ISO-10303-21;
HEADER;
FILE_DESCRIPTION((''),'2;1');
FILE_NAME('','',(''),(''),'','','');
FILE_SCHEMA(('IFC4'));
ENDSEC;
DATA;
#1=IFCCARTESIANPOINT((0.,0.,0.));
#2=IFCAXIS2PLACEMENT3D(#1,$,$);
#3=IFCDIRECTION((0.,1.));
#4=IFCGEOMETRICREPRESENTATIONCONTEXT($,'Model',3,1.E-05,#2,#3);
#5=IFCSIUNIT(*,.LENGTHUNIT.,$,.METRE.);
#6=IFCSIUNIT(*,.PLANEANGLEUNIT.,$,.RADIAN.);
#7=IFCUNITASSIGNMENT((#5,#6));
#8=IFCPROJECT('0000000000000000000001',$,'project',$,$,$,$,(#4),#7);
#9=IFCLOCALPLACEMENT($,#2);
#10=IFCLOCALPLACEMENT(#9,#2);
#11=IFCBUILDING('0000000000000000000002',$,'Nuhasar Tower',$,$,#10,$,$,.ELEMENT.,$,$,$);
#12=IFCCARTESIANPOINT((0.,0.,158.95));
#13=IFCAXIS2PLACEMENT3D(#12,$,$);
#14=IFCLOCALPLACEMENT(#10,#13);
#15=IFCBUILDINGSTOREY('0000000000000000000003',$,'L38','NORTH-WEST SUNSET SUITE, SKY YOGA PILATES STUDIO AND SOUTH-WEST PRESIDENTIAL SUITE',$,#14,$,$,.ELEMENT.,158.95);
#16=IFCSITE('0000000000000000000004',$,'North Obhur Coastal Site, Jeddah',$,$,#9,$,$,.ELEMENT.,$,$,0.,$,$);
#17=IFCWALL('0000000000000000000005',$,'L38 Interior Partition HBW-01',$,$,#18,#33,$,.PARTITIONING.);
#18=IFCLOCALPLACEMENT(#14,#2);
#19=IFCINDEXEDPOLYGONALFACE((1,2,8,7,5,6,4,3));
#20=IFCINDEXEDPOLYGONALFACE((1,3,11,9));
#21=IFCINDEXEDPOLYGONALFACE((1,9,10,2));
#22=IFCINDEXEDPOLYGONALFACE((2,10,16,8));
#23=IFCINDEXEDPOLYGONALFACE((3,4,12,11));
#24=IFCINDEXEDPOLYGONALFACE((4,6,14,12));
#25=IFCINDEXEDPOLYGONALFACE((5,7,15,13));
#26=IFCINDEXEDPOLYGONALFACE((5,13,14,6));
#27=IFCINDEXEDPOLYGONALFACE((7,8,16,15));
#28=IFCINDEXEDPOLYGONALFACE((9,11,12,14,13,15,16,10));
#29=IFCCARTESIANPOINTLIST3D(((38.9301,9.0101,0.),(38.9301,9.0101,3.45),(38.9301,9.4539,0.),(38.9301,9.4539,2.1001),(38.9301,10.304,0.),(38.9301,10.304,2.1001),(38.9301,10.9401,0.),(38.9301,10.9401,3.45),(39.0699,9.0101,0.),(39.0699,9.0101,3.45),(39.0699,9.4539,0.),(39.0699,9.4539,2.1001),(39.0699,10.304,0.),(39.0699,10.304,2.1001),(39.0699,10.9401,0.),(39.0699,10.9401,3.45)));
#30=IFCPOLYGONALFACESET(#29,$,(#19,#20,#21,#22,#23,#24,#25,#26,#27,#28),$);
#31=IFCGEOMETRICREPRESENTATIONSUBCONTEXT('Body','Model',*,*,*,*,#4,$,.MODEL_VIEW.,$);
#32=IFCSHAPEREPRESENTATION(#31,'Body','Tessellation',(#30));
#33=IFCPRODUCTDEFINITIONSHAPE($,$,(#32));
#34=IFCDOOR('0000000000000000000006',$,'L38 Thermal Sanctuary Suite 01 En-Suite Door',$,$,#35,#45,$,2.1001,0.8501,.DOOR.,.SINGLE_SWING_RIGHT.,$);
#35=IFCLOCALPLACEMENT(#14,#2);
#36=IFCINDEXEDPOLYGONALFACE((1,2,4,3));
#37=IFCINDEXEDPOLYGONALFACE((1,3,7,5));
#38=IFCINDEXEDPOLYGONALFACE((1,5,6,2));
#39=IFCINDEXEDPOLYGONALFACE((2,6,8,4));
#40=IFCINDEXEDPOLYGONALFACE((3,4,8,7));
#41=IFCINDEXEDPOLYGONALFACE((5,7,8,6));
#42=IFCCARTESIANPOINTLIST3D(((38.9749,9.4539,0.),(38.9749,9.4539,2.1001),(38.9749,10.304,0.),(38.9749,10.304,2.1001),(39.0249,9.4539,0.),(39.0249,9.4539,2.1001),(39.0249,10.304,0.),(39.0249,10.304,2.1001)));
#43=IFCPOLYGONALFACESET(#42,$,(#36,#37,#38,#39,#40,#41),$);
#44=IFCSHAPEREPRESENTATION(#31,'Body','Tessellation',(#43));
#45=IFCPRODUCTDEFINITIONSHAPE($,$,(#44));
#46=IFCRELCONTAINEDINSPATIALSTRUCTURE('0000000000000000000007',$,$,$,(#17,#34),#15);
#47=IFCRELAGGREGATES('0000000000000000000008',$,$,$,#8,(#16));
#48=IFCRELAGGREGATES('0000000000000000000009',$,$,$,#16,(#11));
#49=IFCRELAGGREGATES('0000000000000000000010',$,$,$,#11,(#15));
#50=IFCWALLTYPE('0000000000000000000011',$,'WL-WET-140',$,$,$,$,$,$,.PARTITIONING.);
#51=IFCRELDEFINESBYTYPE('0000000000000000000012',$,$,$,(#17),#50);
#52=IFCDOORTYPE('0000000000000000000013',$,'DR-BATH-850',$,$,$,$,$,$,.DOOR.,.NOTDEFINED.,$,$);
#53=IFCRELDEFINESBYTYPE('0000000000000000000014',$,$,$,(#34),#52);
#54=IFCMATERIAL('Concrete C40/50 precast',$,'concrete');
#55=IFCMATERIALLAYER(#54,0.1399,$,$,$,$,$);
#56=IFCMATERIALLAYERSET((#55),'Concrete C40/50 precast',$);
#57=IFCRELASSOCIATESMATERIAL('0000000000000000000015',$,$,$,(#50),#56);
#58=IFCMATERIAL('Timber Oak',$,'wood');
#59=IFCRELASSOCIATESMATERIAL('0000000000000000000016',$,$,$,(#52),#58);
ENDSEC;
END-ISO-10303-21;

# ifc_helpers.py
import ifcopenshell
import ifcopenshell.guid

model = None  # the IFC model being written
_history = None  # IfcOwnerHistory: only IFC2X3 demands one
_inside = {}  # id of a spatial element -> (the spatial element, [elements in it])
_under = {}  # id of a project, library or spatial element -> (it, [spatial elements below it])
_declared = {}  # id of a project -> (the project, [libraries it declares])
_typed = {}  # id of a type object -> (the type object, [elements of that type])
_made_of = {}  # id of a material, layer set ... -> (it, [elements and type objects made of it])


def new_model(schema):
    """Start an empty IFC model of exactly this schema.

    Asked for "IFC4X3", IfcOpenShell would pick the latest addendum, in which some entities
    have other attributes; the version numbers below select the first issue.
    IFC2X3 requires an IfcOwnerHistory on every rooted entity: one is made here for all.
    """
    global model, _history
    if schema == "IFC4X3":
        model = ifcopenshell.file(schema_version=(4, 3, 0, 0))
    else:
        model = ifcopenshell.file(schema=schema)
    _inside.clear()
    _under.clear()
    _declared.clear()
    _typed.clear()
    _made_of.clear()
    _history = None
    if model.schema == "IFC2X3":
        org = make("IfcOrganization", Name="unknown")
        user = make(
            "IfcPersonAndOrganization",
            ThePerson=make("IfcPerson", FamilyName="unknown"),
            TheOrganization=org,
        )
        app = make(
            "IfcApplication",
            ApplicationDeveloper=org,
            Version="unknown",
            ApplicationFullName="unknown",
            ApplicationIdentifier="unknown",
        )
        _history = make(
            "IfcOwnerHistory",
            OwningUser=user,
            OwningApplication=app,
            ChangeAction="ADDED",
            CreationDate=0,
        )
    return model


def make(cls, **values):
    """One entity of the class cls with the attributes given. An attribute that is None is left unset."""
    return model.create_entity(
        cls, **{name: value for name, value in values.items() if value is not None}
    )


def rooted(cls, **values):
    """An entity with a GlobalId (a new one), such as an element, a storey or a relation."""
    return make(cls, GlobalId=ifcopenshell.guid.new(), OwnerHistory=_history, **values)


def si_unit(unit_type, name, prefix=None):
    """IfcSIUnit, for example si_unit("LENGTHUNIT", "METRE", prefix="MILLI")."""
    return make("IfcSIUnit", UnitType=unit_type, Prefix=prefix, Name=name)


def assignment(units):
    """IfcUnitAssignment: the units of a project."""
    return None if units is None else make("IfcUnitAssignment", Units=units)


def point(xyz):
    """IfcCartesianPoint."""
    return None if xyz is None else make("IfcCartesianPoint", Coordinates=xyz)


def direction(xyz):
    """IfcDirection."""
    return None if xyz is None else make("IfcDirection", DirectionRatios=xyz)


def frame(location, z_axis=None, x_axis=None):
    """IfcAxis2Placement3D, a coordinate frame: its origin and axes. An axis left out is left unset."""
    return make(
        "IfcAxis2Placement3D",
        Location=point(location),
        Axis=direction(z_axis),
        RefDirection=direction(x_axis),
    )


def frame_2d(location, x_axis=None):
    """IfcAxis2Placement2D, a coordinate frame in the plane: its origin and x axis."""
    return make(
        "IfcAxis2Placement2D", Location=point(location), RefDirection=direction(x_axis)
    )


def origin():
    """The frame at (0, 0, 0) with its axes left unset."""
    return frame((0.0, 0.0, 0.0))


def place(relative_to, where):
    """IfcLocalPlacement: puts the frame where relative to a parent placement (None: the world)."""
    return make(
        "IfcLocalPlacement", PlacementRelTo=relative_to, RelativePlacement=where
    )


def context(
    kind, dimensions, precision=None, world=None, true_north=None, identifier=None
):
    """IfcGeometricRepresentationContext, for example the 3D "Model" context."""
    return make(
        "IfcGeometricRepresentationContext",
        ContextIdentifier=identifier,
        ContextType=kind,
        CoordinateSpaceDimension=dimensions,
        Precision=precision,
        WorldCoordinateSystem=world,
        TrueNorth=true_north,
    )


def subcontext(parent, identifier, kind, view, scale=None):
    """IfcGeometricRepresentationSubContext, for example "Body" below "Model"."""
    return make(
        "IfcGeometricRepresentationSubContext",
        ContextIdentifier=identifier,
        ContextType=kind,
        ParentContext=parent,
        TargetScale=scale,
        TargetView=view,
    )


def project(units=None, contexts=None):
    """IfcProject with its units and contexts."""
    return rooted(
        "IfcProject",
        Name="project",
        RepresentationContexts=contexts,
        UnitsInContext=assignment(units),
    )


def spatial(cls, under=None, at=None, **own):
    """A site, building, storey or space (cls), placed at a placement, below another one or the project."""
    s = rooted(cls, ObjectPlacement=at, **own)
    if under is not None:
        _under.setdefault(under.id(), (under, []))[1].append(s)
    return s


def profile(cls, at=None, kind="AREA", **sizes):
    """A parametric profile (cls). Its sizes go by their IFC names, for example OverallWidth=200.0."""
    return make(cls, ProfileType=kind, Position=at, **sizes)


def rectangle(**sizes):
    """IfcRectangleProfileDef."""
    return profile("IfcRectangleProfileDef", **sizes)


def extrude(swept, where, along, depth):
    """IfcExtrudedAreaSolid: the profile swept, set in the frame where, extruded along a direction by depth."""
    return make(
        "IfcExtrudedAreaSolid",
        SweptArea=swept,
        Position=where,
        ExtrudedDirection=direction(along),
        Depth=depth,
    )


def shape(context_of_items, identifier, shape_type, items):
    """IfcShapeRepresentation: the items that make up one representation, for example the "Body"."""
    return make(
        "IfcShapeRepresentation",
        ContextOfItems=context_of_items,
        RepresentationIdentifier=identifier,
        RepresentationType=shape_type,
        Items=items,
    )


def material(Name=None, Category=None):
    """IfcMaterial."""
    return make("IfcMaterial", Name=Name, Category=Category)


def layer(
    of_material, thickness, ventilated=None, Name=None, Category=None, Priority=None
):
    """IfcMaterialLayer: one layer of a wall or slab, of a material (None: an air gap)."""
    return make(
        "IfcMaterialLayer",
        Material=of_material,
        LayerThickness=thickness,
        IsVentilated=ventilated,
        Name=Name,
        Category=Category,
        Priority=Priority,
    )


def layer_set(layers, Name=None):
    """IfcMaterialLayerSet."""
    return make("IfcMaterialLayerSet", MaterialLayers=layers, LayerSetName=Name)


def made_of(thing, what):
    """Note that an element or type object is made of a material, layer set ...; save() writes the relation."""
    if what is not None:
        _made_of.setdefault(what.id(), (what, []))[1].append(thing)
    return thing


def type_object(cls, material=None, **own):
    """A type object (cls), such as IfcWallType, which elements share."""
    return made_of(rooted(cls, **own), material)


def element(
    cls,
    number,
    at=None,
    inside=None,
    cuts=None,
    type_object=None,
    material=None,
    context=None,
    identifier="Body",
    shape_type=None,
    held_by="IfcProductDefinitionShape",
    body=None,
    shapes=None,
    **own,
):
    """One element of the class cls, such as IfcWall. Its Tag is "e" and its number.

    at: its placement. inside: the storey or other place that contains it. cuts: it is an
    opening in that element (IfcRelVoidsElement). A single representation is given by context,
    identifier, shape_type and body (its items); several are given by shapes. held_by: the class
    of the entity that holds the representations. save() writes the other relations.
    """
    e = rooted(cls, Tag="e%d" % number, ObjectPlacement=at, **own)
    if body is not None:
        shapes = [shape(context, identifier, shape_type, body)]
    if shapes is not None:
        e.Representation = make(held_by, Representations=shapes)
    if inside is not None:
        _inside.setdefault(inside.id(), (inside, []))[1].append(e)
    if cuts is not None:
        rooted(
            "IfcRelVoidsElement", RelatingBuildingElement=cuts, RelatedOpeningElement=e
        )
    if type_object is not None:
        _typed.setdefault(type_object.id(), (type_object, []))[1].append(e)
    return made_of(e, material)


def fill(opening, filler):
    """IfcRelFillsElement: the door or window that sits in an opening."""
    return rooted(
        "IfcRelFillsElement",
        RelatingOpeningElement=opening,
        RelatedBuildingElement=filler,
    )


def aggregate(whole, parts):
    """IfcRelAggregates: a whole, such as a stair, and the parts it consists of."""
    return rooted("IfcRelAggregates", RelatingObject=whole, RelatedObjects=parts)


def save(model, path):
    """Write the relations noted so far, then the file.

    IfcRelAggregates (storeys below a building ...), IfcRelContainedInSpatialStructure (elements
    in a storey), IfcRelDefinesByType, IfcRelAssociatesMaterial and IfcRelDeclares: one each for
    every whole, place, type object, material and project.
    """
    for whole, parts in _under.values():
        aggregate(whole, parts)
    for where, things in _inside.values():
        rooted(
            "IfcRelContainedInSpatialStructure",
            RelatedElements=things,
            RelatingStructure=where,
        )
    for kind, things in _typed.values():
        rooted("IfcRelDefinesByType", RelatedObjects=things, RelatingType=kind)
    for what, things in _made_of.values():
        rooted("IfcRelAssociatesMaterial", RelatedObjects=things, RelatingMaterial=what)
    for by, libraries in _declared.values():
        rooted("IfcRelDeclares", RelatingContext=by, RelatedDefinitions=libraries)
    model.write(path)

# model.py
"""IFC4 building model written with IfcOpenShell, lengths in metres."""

from ifc_helpers import new_model, si_unit, direction, frame, frame_2d, origin, place, context, subcontext, project, spatial, rectangle, extrude, material, layer, layer_set, type_object, element, fill, save


model = new_model("IFC4")

# Units and contexts
model_context = context("Model", 3, precision=1e-05, world=origin(), true_north=direction((0.0, 1.0)))
body_context = subcontext(model_context, "Body", "Model", "MODEL_VIEW")
ifc_project = project(units=[si_unit("LENGTHUNIT", "METRE"), si_unit("PLANEANGLEUNIT", "RADIAN")], contexts=[model_context])

# Site, building, storey
site_placement = place(None, origin())
site = spatial("IfcSite", under=ifc_project, at=site_placement, Name="North Obhur Coastal Site, Jeddah", CompositionType="ELEMENT", RefElevation=0.0)
building_placement = place(site_placement, origin())
building = spatial("IfcBuilding", under=site, at=building_placement, Name="Nuhasar Tower", CompositionType="ELEMENT")
storey_placement = place(building_placement, frame((0.0, 0.0, 158.95)))
storey = spatial("IfcBuildingStorey", under=building, at=storey_placement, Name="L38", Description="NORTH-WEST SUNSET SUITE, SKY YOGA PILATES STUDIO AND SOUTH-WEST PRESIDENTIAL SUITE", CompositionType="ELEMENT", Elevation=158.95)

# Shared definitions
ifc_material_1 = material(Name="Timber Oak", Category="wood")

# Shared definitions
ifc_material_2 = material(Name="Concrete C40/50 precast", Category="concrete")

# Wall, opening, door
ifc_layer_1 = layer(ifc_material_2, 0.1399)
ifc_layer_set_1 = layer_set([ifc_layer_1], Name="Concrete C40/50 precast")
wall_type_1 = type_object("IfcWallType", Name="WL-WET-140", PredefinedType="PARTITIONING", material=ifc_layer_set_1)
wall_1_placement = place(storey_placement, frame((39.0, 10.9399, 0.0), z_axis=(0.0, 0.0, 1.0), x_axis=(0.0, -1.0, 0.0)))
wall_1 = element("IfcWall", 1, at=wall_1_placement, inside=storey, type_object=wall_type_1, Name="L38 Interior Partition HBW-01", PredefinedType="PARTITIONING", context=body_context, shape_type="SweptSolid", body=[
    extrude(rectangle(XDim=1.9299, YDim=0.1399, at=frame_2d((0.9648, 0.0))), origin(), (0.0, 0.0, 1.0), 3.45),
])
opening_1_placement = place(wall_1_placement, frame((0.636, 0.0, 0.0)))
opening_1 = element("IfcOpeningElement", 2, at=opening_1_placement, cuts=wall_1, PredefinedType="OPENING", context=body_context, shape_type="SweptSolid", body=[
    extrude(rectangle(XDim=0.8501, YDim=2.1001, at=frame_2d((0.425, 1.05))), frame((0.0, 0.0801, 0.0), z_axis=(0.0, -1.0, 0.0), x_axis=(1.0, 0.0, 0.0)), (0.0, 0.0, 1.0), 0.1599),
])
door_type_1 = type_object("IfcDoorType", Name="DR-BATH-850", OperationType="NOTDEFINED", PredefinedType="DOOR", material=ifc_material_1)
door_1_placement = place(opening_1_placement, origin())
door_1 = element("IfcDoor", 3, at=door_1_placement, inside=storey, type_object=door_type_1, Name="L38 Thermal Sanctuary Suite 01 En-Suite Door", OperationType="SINGLE_SWING_RIGHT", OverallHeight=2.1001, OverallWidth=0.8501, PredefinedType="DOOR", context=body_context, shape_type="SweptSolid", body=[
    extrude(rectangle(XDim=0.8501, YDim=2.1001, at=frame_2d((0.425, 1.05))), frame((0.0, 0.0249, 0.0), z_axis=(0.0, -1.0, 0.0), x_axis=(1.0, 0.0, 0.0)), (0.0, 0.0, 1.0), 0.05),
])
fill(opening_1, door_1)

save(model, "model.ifc")
